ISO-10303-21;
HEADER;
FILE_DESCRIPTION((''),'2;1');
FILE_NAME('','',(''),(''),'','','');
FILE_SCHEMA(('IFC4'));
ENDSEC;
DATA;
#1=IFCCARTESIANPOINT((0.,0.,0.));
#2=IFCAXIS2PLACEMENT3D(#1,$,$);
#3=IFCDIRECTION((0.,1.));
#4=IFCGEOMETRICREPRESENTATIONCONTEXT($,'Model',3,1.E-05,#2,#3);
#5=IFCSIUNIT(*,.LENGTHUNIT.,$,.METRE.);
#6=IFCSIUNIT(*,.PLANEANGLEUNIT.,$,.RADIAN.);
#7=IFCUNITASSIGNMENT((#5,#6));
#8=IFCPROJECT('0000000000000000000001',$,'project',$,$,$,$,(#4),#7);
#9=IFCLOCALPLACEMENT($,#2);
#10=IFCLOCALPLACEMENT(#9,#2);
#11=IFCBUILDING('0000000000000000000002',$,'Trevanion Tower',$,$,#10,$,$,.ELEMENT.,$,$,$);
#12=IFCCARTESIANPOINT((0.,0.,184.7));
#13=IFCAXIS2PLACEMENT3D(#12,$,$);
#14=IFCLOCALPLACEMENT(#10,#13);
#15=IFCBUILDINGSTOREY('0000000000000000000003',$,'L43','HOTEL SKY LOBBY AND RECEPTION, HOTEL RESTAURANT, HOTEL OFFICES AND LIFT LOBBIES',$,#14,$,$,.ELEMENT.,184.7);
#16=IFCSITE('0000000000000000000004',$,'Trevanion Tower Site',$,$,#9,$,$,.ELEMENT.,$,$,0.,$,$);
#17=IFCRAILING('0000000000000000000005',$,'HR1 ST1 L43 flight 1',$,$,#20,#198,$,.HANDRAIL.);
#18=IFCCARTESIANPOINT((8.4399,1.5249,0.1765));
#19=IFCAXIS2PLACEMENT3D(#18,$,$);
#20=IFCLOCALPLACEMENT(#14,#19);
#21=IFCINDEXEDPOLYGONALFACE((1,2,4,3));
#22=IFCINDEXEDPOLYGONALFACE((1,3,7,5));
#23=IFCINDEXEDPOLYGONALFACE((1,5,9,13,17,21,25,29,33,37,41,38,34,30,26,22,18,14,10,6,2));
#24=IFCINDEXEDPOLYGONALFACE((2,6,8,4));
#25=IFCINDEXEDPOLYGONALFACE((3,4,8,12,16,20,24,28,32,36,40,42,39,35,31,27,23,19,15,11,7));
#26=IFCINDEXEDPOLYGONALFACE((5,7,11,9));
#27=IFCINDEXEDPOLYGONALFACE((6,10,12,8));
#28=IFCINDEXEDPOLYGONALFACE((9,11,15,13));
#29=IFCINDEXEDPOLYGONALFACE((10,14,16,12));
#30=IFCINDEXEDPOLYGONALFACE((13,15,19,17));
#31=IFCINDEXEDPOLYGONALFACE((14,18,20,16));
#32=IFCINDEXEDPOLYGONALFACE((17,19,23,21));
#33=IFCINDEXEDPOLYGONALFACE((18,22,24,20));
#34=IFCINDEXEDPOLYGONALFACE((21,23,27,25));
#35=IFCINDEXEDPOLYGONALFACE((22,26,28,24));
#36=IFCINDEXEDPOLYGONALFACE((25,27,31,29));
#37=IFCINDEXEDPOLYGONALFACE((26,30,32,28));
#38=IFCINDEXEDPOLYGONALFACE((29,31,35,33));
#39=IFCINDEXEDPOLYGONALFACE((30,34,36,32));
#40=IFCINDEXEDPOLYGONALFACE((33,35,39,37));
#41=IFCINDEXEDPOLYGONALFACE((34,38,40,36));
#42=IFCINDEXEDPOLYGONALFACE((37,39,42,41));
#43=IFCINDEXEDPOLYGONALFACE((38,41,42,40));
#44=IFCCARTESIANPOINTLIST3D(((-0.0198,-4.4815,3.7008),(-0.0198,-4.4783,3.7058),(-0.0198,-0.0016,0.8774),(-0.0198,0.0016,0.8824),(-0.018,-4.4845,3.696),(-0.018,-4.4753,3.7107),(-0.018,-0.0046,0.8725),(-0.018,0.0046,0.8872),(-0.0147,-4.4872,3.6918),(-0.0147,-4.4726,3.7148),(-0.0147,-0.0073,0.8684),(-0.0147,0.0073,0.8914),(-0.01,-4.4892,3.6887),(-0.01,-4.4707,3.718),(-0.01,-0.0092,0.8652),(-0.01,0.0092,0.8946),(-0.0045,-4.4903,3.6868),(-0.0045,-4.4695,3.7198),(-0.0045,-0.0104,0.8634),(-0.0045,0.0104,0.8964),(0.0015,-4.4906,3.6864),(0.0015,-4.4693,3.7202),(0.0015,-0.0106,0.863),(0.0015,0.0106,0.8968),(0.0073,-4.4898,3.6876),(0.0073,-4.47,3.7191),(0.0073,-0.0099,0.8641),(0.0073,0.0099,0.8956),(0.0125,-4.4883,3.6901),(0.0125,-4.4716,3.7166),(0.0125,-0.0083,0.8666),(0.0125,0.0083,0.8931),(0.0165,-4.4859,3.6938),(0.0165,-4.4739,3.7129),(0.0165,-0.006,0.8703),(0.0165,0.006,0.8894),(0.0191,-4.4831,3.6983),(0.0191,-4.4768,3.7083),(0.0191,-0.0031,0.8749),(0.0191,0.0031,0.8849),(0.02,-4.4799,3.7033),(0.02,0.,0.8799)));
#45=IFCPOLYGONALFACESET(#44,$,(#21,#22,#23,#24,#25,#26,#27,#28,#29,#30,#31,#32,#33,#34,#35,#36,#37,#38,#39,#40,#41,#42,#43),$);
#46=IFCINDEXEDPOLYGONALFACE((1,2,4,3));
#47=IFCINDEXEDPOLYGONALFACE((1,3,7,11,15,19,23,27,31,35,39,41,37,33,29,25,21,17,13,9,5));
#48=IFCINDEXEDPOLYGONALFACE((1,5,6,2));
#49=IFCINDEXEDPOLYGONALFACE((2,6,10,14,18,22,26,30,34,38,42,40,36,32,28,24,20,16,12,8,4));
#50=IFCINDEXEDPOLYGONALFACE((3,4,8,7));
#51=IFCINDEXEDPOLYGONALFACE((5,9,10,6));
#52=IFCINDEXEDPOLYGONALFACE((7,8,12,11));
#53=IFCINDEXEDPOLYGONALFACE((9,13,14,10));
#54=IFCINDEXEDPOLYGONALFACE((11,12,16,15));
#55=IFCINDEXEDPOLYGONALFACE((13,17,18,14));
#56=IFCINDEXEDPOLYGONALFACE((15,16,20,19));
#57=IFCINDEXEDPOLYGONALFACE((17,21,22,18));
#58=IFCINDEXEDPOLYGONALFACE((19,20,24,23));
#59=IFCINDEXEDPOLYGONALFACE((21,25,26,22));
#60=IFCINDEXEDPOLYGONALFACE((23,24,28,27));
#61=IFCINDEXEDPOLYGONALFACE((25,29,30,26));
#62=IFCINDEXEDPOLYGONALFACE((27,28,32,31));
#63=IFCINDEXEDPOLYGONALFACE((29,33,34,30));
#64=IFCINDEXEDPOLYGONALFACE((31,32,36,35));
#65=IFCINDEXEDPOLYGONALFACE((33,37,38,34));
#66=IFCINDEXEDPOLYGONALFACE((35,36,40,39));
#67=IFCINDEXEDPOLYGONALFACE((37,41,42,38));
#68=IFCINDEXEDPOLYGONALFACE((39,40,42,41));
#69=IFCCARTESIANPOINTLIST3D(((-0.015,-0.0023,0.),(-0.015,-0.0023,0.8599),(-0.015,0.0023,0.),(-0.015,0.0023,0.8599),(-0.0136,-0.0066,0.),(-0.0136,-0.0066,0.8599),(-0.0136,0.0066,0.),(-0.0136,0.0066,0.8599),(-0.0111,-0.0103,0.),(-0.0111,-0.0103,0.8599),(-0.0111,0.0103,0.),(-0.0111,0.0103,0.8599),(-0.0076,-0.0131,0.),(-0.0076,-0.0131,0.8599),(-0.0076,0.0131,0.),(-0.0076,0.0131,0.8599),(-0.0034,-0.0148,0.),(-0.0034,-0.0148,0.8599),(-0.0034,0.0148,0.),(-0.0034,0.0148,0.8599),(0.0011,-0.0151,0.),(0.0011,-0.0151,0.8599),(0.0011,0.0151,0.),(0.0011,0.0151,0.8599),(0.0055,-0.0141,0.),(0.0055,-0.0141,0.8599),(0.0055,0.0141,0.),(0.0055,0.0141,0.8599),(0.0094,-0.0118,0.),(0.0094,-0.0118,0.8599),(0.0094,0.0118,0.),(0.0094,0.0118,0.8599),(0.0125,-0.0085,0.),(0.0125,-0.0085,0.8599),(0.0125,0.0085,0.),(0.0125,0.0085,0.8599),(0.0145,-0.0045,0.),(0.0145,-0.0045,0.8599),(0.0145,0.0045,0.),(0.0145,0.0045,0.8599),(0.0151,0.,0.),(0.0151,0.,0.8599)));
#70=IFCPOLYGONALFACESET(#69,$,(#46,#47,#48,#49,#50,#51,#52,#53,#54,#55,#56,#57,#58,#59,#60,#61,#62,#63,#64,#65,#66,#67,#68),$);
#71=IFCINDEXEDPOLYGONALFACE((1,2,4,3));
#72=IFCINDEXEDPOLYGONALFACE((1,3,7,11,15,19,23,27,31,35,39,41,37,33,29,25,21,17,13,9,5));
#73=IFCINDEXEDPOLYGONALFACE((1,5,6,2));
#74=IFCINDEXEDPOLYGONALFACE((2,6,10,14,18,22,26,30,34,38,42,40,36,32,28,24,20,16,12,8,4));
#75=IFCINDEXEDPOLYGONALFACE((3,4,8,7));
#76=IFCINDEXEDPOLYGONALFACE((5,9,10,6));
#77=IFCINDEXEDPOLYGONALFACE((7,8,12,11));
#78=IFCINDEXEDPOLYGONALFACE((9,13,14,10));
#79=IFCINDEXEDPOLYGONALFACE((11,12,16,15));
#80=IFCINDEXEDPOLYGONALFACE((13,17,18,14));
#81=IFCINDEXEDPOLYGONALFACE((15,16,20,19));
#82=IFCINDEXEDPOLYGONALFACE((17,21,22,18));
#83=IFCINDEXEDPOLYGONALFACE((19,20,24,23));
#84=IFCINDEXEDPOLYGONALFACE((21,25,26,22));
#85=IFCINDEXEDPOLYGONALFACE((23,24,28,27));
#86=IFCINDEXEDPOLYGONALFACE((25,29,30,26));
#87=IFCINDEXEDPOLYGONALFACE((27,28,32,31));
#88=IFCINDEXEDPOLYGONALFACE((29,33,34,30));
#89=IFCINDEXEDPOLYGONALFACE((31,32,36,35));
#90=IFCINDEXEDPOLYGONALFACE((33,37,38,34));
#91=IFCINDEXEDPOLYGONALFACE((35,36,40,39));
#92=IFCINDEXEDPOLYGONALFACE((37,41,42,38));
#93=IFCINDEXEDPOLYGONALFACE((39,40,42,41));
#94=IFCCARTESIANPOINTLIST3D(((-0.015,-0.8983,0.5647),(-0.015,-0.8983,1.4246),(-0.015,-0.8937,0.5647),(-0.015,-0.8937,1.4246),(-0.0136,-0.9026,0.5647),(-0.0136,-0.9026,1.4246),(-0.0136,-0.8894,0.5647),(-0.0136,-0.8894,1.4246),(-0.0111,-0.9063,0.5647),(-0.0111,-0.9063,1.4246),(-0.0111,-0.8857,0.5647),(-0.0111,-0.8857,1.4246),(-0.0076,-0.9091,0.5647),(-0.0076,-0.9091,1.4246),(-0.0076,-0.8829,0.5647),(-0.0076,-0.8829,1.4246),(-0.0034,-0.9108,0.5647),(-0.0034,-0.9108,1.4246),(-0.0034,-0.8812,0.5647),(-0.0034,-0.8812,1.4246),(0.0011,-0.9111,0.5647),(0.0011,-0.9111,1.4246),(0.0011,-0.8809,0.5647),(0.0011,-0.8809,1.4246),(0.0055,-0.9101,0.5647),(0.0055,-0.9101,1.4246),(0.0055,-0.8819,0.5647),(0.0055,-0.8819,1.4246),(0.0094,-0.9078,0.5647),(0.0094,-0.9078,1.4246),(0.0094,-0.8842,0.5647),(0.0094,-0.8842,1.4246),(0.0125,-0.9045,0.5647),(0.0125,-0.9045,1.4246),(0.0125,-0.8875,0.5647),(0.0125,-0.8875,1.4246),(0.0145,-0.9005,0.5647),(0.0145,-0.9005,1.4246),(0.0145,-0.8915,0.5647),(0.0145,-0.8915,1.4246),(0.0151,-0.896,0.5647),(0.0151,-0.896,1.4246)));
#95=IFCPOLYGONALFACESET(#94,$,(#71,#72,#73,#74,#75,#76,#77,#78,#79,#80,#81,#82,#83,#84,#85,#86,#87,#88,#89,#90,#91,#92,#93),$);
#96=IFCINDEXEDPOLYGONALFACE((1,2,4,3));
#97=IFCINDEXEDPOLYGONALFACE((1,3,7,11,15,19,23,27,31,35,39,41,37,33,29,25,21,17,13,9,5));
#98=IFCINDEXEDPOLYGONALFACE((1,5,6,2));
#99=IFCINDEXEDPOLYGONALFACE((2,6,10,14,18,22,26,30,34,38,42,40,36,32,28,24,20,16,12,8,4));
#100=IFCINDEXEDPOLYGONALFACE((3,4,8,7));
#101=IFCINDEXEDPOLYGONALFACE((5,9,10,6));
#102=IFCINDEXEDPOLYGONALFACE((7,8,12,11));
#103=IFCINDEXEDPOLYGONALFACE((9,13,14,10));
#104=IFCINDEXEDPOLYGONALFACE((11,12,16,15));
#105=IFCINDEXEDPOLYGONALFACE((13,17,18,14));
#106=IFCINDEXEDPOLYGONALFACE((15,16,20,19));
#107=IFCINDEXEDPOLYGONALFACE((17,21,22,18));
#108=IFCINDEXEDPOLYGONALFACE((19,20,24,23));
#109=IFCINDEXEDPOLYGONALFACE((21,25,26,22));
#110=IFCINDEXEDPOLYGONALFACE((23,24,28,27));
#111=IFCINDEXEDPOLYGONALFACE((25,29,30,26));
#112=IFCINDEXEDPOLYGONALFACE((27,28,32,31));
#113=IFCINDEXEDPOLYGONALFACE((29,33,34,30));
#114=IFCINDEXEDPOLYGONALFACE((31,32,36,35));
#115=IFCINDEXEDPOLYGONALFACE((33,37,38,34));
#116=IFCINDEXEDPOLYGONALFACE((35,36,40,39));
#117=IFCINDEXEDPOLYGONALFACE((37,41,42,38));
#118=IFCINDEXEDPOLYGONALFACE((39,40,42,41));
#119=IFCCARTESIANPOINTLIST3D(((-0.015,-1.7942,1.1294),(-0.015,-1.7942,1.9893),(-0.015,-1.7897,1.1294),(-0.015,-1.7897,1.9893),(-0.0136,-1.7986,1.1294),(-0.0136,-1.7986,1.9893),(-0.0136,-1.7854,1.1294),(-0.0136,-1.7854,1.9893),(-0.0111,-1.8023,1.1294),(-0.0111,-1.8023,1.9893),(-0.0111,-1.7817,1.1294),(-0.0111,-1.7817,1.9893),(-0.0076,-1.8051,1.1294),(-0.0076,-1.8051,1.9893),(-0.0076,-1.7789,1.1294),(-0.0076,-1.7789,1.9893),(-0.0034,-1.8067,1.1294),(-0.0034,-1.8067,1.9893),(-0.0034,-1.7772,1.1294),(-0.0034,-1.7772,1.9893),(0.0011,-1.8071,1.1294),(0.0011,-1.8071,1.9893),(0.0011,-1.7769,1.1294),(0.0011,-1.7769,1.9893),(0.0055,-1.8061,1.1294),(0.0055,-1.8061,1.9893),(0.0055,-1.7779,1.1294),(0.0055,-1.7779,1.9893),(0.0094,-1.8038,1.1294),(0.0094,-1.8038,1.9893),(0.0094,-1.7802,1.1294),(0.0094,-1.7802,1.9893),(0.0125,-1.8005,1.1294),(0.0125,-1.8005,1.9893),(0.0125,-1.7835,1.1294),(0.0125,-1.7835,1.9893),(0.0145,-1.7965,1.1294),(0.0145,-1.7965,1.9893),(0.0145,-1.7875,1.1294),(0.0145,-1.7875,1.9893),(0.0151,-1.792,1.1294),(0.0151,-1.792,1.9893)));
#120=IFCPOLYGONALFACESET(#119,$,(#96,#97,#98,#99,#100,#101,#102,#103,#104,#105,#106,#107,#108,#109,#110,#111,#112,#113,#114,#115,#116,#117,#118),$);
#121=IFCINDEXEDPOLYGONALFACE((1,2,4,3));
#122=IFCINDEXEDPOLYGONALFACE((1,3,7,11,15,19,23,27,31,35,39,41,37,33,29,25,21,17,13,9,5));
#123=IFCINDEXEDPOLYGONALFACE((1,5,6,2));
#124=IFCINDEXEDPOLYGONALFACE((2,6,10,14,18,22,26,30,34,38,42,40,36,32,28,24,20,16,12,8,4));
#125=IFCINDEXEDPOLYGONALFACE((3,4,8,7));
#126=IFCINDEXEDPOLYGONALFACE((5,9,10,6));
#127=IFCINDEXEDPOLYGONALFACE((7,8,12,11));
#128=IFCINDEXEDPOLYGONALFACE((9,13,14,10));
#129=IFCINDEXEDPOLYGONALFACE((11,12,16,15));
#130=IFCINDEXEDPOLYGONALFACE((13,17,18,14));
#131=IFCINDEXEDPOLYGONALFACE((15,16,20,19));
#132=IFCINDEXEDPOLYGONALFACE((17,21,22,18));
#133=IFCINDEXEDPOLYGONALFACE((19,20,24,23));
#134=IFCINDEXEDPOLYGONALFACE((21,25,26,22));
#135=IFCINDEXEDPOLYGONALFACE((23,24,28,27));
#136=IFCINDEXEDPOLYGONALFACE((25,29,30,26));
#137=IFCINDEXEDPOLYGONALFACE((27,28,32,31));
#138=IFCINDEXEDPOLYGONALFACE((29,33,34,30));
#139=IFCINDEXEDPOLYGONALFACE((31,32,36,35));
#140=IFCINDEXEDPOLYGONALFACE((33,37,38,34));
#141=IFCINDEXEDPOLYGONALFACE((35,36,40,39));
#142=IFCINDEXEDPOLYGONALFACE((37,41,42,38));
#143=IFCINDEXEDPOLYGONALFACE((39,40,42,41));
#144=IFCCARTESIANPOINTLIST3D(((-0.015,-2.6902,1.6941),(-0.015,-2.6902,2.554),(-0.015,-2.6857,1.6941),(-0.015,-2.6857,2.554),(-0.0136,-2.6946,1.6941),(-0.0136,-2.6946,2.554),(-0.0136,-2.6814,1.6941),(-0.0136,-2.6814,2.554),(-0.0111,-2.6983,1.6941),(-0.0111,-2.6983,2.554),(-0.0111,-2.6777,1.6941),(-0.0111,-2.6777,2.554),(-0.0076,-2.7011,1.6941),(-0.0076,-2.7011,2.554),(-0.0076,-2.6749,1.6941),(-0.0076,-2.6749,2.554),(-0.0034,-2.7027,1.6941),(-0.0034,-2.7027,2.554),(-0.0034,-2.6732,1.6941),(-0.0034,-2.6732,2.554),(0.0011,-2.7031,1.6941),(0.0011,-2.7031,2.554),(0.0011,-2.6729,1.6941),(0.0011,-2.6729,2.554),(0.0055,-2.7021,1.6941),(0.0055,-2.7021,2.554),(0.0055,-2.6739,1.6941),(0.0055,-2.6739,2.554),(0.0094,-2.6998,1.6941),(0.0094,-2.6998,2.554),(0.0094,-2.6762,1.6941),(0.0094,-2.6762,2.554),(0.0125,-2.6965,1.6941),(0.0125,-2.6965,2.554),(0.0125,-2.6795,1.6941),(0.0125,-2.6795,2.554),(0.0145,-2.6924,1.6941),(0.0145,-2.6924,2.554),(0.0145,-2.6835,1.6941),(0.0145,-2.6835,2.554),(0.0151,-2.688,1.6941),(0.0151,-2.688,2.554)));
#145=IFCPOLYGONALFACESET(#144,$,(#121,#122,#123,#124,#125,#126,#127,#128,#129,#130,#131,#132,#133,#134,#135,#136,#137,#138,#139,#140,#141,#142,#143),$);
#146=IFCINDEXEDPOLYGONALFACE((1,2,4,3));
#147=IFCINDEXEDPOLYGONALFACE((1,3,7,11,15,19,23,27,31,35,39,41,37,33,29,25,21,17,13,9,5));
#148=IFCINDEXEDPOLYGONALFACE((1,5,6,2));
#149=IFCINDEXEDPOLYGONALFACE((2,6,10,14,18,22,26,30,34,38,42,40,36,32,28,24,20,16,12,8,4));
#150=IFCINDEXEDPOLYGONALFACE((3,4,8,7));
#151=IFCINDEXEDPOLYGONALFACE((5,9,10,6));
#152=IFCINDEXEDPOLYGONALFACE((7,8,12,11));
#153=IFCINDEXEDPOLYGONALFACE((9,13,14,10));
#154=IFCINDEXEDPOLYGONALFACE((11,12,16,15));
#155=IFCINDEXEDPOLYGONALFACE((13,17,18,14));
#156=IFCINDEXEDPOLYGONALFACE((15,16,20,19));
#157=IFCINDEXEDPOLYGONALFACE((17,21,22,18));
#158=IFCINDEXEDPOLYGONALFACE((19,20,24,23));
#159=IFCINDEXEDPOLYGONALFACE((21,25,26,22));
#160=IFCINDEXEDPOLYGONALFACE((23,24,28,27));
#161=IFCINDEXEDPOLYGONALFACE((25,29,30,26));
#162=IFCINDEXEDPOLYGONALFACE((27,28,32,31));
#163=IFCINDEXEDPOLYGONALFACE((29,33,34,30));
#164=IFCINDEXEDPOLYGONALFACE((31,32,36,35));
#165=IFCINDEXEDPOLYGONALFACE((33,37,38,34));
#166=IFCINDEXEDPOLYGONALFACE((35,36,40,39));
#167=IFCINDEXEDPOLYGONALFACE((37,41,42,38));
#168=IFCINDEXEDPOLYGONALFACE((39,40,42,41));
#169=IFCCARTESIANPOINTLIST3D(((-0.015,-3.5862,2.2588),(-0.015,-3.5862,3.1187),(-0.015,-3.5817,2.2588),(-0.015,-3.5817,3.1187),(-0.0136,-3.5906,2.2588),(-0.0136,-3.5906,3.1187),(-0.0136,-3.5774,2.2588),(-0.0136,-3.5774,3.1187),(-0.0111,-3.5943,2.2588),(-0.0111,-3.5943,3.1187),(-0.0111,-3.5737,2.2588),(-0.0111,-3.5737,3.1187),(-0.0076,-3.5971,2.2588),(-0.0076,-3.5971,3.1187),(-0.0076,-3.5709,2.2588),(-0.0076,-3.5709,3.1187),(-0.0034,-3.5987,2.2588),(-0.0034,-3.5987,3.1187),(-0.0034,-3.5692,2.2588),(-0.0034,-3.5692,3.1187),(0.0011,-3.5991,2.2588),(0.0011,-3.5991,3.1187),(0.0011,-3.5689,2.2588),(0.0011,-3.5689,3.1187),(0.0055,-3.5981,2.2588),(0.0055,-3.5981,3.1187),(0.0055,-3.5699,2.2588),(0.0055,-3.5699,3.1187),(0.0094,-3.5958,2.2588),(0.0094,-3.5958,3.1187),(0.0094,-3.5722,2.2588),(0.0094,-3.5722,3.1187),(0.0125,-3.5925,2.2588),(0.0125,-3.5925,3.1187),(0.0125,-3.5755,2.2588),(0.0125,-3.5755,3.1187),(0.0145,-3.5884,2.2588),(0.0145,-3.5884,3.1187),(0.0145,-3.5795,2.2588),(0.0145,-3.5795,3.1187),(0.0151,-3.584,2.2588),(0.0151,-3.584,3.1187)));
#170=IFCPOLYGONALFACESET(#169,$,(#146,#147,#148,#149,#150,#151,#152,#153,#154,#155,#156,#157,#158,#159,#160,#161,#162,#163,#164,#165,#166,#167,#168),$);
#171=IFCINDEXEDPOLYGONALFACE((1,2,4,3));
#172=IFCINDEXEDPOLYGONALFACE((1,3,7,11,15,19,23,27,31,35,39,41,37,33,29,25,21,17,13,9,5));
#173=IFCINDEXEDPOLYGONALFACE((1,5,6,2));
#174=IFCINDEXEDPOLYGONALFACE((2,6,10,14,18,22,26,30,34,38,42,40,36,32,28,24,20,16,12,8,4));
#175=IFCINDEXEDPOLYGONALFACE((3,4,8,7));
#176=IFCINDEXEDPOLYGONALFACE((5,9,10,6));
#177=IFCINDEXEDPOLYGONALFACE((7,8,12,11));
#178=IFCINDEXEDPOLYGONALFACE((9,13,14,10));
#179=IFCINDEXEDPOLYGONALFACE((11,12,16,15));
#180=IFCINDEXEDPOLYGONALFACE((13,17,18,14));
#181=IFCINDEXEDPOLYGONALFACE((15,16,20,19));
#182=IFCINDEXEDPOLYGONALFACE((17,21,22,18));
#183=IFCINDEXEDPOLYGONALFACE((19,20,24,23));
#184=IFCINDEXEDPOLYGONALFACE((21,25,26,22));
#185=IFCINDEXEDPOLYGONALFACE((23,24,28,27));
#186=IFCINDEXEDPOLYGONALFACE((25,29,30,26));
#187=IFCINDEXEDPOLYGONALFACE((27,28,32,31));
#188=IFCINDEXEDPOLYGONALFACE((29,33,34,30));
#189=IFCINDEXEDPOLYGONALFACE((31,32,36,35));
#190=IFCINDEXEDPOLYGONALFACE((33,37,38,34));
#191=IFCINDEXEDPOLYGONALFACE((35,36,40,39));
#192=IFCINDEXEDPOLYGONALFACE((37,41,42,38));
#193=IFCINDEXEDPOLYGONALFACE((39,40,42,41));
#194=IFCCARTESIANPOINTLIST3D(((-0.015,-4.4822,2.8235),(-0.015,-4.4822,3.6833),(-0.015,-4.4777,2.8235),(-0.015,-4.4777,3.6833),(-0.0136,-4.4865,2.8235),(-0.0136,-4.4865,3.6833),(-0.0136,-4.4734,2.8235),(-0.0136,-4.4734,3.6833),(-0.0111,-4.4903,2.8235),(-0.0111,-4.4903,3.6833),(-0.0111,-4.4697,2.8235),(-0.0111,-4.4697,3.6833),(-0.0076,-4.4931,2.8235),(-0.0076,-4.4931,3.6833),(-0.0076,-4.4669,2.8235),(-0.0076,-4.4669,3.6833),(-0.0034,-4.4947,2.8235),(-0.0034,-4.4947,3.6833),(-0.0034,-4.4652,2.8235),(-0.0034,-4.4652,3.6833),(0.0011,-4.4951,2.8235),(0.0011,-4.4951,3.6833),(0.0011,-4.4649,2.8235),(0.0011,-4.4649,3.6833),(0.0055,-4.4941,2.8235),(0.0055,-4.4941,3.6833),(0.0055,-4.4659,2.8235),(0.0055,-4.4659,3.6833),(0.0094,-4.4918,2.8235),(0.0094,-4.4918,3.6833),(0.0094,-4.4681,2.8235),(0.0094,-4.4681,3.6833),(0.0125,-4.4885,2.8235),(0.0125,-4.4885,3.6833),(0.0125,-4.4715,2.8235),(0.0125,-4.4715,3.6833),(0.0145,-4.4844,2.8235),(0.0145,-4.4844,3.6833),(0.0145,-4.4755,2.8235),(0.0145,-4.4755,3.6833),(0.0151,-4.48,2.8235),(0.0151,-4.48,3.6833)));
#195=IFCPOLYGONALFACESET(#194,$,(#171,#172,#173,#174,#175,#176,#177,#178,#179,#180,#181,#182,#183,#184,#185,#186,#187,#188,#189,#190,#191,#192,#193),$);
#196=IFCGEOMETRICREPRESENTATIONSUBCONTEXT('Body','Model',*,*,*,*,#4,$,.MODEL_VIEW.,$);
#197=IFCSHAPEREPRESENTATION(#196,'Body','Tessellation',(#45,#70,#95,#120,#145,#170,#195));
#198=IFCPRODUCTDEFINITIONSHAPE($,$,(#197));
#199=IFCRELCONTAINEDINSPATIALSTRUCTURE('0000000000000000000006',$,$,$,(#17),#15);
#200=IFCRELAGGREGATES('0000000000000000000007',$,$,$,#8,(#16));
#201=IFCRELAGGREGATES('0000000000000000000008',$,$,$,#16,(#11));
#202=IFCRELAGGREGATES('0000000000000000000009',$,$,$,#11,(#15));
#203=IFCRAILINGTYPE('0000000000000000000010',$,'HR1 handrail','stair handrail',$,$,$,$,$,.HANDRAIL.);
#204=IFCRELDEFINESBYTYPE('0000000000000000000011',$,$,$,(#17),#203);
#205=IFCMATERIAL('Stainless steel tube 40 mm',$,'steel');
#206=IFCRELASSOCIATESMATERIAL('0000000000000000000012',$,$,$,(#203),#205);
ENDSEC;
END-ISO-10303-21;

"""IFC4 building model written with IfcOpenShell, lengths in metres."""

from ifc_helpers import new_model, si_unit, direction, frame, origin, origin_2d, place, context, subcontext, project, spatial, circle, extrude, material, type_object, element, save


model = new_model("IFC4")

# Units and contexts
model_context = context("Model", 3, precision=1e-05, world=origin(), true_north=direction((0.0, 1.0)))
body_context = subcontext(model_context, "Body", "Model", "MODEL_VIEW")
ifc_project = project(units=[si_unit("LENGTHUNIT", "METRE"), si_unit("PLANEANGLEUNIT", "RADIAN")], contexts=[model_context])

# Site, building, storey
site_placement = place(None, origin())
site = spatial("IfcSite", under=ifc_project, at=site_placement, Name="Trevanion Tower Site", CompositionType="ELEMENT", RefElevation=0.0)
building_placement = place(site_placement, origin())
building = spatial("IfcBuilding", under=site, at=building_placement, Name="Trevanion Tower", CompositionType="ELEMENT")
storey_placement = place(building_placement, frame((0.0, 0.0, 184.7)))
storey = spatial("IfcBuildingStorey", under=building, at=storey_placement, Name="L43", Description="HOTEL SKY LOBBY AND RECEPTION, HOTEL RESTAURANT, HOTEL OFFICES AND LIFT LOBBIES", CompositionType="ELEMENT", Elevation=184.7)

# Railing
ifc_material_1 = material(Name="Stainless steel tube 40 mm", Category="steel")
railing_type = type_object("IfcRailingType", Name="HR1 handrail", Description="stair handrail", PredefinedType="HANDRAIL", material=ifc_material_1)
for number, where, name in (
    (1, (8.4399, 1.5249, 0.1765), "HR1 ST1 L43 flight 1"),
):
    element("IfcRailing", number, at=place(storey_placement, frame(where)), inside=storey, type_object=railing_type, Name=name, PredefinedType="HANDRAIL", context=body_context, shape_type="SweptSolid", body=[
        extrude(circle(Radius=0.02, at=origin_2d()), frame((0.0, 0.0, 0.8799), z_axis=(0.0, -0.845998, 0.533186), x_axis=(1.0, 0.0, 0.0)), (0.0, 0.0, 1.0), 5.2954),
        extrude(circle(Radius=0.0151, at=origin_2d()), origin(), (0.0, 0.0, 1.0), 0.8599),
        extrude(circle(Radius=0.0151, at=origin_2d()), frame((0.0, -0.896, 0.5647)), (0.0, 0.0, 1.0), 0.8599),
        extrude(circle(Radius=0.0151, at=origin_2d()), frame((0.0, -1.792, 1.1294)), (0.0, 0.0, 1.0), 0.8599),
        extrude(circle(Radius=0.0151, at=origin_2d()), frame((0.0, -2.688, 1.6941)), (0.0, 0.0, 1.0), 0.8599),
        extrude(circle(Radius=0.0151, at=origin_2d()), frame((0.0, -3.584, 2.2588)), (0.0, 0.0, 1.0), 0.8599),
        extrude(circle(Radius=0.0151, at=origin_2d()), frame((0.0, -4.48, 2.8235)), (0.0, 0.0, 1.0), 0.8599),
    ])

save(model, "model.ifc")
